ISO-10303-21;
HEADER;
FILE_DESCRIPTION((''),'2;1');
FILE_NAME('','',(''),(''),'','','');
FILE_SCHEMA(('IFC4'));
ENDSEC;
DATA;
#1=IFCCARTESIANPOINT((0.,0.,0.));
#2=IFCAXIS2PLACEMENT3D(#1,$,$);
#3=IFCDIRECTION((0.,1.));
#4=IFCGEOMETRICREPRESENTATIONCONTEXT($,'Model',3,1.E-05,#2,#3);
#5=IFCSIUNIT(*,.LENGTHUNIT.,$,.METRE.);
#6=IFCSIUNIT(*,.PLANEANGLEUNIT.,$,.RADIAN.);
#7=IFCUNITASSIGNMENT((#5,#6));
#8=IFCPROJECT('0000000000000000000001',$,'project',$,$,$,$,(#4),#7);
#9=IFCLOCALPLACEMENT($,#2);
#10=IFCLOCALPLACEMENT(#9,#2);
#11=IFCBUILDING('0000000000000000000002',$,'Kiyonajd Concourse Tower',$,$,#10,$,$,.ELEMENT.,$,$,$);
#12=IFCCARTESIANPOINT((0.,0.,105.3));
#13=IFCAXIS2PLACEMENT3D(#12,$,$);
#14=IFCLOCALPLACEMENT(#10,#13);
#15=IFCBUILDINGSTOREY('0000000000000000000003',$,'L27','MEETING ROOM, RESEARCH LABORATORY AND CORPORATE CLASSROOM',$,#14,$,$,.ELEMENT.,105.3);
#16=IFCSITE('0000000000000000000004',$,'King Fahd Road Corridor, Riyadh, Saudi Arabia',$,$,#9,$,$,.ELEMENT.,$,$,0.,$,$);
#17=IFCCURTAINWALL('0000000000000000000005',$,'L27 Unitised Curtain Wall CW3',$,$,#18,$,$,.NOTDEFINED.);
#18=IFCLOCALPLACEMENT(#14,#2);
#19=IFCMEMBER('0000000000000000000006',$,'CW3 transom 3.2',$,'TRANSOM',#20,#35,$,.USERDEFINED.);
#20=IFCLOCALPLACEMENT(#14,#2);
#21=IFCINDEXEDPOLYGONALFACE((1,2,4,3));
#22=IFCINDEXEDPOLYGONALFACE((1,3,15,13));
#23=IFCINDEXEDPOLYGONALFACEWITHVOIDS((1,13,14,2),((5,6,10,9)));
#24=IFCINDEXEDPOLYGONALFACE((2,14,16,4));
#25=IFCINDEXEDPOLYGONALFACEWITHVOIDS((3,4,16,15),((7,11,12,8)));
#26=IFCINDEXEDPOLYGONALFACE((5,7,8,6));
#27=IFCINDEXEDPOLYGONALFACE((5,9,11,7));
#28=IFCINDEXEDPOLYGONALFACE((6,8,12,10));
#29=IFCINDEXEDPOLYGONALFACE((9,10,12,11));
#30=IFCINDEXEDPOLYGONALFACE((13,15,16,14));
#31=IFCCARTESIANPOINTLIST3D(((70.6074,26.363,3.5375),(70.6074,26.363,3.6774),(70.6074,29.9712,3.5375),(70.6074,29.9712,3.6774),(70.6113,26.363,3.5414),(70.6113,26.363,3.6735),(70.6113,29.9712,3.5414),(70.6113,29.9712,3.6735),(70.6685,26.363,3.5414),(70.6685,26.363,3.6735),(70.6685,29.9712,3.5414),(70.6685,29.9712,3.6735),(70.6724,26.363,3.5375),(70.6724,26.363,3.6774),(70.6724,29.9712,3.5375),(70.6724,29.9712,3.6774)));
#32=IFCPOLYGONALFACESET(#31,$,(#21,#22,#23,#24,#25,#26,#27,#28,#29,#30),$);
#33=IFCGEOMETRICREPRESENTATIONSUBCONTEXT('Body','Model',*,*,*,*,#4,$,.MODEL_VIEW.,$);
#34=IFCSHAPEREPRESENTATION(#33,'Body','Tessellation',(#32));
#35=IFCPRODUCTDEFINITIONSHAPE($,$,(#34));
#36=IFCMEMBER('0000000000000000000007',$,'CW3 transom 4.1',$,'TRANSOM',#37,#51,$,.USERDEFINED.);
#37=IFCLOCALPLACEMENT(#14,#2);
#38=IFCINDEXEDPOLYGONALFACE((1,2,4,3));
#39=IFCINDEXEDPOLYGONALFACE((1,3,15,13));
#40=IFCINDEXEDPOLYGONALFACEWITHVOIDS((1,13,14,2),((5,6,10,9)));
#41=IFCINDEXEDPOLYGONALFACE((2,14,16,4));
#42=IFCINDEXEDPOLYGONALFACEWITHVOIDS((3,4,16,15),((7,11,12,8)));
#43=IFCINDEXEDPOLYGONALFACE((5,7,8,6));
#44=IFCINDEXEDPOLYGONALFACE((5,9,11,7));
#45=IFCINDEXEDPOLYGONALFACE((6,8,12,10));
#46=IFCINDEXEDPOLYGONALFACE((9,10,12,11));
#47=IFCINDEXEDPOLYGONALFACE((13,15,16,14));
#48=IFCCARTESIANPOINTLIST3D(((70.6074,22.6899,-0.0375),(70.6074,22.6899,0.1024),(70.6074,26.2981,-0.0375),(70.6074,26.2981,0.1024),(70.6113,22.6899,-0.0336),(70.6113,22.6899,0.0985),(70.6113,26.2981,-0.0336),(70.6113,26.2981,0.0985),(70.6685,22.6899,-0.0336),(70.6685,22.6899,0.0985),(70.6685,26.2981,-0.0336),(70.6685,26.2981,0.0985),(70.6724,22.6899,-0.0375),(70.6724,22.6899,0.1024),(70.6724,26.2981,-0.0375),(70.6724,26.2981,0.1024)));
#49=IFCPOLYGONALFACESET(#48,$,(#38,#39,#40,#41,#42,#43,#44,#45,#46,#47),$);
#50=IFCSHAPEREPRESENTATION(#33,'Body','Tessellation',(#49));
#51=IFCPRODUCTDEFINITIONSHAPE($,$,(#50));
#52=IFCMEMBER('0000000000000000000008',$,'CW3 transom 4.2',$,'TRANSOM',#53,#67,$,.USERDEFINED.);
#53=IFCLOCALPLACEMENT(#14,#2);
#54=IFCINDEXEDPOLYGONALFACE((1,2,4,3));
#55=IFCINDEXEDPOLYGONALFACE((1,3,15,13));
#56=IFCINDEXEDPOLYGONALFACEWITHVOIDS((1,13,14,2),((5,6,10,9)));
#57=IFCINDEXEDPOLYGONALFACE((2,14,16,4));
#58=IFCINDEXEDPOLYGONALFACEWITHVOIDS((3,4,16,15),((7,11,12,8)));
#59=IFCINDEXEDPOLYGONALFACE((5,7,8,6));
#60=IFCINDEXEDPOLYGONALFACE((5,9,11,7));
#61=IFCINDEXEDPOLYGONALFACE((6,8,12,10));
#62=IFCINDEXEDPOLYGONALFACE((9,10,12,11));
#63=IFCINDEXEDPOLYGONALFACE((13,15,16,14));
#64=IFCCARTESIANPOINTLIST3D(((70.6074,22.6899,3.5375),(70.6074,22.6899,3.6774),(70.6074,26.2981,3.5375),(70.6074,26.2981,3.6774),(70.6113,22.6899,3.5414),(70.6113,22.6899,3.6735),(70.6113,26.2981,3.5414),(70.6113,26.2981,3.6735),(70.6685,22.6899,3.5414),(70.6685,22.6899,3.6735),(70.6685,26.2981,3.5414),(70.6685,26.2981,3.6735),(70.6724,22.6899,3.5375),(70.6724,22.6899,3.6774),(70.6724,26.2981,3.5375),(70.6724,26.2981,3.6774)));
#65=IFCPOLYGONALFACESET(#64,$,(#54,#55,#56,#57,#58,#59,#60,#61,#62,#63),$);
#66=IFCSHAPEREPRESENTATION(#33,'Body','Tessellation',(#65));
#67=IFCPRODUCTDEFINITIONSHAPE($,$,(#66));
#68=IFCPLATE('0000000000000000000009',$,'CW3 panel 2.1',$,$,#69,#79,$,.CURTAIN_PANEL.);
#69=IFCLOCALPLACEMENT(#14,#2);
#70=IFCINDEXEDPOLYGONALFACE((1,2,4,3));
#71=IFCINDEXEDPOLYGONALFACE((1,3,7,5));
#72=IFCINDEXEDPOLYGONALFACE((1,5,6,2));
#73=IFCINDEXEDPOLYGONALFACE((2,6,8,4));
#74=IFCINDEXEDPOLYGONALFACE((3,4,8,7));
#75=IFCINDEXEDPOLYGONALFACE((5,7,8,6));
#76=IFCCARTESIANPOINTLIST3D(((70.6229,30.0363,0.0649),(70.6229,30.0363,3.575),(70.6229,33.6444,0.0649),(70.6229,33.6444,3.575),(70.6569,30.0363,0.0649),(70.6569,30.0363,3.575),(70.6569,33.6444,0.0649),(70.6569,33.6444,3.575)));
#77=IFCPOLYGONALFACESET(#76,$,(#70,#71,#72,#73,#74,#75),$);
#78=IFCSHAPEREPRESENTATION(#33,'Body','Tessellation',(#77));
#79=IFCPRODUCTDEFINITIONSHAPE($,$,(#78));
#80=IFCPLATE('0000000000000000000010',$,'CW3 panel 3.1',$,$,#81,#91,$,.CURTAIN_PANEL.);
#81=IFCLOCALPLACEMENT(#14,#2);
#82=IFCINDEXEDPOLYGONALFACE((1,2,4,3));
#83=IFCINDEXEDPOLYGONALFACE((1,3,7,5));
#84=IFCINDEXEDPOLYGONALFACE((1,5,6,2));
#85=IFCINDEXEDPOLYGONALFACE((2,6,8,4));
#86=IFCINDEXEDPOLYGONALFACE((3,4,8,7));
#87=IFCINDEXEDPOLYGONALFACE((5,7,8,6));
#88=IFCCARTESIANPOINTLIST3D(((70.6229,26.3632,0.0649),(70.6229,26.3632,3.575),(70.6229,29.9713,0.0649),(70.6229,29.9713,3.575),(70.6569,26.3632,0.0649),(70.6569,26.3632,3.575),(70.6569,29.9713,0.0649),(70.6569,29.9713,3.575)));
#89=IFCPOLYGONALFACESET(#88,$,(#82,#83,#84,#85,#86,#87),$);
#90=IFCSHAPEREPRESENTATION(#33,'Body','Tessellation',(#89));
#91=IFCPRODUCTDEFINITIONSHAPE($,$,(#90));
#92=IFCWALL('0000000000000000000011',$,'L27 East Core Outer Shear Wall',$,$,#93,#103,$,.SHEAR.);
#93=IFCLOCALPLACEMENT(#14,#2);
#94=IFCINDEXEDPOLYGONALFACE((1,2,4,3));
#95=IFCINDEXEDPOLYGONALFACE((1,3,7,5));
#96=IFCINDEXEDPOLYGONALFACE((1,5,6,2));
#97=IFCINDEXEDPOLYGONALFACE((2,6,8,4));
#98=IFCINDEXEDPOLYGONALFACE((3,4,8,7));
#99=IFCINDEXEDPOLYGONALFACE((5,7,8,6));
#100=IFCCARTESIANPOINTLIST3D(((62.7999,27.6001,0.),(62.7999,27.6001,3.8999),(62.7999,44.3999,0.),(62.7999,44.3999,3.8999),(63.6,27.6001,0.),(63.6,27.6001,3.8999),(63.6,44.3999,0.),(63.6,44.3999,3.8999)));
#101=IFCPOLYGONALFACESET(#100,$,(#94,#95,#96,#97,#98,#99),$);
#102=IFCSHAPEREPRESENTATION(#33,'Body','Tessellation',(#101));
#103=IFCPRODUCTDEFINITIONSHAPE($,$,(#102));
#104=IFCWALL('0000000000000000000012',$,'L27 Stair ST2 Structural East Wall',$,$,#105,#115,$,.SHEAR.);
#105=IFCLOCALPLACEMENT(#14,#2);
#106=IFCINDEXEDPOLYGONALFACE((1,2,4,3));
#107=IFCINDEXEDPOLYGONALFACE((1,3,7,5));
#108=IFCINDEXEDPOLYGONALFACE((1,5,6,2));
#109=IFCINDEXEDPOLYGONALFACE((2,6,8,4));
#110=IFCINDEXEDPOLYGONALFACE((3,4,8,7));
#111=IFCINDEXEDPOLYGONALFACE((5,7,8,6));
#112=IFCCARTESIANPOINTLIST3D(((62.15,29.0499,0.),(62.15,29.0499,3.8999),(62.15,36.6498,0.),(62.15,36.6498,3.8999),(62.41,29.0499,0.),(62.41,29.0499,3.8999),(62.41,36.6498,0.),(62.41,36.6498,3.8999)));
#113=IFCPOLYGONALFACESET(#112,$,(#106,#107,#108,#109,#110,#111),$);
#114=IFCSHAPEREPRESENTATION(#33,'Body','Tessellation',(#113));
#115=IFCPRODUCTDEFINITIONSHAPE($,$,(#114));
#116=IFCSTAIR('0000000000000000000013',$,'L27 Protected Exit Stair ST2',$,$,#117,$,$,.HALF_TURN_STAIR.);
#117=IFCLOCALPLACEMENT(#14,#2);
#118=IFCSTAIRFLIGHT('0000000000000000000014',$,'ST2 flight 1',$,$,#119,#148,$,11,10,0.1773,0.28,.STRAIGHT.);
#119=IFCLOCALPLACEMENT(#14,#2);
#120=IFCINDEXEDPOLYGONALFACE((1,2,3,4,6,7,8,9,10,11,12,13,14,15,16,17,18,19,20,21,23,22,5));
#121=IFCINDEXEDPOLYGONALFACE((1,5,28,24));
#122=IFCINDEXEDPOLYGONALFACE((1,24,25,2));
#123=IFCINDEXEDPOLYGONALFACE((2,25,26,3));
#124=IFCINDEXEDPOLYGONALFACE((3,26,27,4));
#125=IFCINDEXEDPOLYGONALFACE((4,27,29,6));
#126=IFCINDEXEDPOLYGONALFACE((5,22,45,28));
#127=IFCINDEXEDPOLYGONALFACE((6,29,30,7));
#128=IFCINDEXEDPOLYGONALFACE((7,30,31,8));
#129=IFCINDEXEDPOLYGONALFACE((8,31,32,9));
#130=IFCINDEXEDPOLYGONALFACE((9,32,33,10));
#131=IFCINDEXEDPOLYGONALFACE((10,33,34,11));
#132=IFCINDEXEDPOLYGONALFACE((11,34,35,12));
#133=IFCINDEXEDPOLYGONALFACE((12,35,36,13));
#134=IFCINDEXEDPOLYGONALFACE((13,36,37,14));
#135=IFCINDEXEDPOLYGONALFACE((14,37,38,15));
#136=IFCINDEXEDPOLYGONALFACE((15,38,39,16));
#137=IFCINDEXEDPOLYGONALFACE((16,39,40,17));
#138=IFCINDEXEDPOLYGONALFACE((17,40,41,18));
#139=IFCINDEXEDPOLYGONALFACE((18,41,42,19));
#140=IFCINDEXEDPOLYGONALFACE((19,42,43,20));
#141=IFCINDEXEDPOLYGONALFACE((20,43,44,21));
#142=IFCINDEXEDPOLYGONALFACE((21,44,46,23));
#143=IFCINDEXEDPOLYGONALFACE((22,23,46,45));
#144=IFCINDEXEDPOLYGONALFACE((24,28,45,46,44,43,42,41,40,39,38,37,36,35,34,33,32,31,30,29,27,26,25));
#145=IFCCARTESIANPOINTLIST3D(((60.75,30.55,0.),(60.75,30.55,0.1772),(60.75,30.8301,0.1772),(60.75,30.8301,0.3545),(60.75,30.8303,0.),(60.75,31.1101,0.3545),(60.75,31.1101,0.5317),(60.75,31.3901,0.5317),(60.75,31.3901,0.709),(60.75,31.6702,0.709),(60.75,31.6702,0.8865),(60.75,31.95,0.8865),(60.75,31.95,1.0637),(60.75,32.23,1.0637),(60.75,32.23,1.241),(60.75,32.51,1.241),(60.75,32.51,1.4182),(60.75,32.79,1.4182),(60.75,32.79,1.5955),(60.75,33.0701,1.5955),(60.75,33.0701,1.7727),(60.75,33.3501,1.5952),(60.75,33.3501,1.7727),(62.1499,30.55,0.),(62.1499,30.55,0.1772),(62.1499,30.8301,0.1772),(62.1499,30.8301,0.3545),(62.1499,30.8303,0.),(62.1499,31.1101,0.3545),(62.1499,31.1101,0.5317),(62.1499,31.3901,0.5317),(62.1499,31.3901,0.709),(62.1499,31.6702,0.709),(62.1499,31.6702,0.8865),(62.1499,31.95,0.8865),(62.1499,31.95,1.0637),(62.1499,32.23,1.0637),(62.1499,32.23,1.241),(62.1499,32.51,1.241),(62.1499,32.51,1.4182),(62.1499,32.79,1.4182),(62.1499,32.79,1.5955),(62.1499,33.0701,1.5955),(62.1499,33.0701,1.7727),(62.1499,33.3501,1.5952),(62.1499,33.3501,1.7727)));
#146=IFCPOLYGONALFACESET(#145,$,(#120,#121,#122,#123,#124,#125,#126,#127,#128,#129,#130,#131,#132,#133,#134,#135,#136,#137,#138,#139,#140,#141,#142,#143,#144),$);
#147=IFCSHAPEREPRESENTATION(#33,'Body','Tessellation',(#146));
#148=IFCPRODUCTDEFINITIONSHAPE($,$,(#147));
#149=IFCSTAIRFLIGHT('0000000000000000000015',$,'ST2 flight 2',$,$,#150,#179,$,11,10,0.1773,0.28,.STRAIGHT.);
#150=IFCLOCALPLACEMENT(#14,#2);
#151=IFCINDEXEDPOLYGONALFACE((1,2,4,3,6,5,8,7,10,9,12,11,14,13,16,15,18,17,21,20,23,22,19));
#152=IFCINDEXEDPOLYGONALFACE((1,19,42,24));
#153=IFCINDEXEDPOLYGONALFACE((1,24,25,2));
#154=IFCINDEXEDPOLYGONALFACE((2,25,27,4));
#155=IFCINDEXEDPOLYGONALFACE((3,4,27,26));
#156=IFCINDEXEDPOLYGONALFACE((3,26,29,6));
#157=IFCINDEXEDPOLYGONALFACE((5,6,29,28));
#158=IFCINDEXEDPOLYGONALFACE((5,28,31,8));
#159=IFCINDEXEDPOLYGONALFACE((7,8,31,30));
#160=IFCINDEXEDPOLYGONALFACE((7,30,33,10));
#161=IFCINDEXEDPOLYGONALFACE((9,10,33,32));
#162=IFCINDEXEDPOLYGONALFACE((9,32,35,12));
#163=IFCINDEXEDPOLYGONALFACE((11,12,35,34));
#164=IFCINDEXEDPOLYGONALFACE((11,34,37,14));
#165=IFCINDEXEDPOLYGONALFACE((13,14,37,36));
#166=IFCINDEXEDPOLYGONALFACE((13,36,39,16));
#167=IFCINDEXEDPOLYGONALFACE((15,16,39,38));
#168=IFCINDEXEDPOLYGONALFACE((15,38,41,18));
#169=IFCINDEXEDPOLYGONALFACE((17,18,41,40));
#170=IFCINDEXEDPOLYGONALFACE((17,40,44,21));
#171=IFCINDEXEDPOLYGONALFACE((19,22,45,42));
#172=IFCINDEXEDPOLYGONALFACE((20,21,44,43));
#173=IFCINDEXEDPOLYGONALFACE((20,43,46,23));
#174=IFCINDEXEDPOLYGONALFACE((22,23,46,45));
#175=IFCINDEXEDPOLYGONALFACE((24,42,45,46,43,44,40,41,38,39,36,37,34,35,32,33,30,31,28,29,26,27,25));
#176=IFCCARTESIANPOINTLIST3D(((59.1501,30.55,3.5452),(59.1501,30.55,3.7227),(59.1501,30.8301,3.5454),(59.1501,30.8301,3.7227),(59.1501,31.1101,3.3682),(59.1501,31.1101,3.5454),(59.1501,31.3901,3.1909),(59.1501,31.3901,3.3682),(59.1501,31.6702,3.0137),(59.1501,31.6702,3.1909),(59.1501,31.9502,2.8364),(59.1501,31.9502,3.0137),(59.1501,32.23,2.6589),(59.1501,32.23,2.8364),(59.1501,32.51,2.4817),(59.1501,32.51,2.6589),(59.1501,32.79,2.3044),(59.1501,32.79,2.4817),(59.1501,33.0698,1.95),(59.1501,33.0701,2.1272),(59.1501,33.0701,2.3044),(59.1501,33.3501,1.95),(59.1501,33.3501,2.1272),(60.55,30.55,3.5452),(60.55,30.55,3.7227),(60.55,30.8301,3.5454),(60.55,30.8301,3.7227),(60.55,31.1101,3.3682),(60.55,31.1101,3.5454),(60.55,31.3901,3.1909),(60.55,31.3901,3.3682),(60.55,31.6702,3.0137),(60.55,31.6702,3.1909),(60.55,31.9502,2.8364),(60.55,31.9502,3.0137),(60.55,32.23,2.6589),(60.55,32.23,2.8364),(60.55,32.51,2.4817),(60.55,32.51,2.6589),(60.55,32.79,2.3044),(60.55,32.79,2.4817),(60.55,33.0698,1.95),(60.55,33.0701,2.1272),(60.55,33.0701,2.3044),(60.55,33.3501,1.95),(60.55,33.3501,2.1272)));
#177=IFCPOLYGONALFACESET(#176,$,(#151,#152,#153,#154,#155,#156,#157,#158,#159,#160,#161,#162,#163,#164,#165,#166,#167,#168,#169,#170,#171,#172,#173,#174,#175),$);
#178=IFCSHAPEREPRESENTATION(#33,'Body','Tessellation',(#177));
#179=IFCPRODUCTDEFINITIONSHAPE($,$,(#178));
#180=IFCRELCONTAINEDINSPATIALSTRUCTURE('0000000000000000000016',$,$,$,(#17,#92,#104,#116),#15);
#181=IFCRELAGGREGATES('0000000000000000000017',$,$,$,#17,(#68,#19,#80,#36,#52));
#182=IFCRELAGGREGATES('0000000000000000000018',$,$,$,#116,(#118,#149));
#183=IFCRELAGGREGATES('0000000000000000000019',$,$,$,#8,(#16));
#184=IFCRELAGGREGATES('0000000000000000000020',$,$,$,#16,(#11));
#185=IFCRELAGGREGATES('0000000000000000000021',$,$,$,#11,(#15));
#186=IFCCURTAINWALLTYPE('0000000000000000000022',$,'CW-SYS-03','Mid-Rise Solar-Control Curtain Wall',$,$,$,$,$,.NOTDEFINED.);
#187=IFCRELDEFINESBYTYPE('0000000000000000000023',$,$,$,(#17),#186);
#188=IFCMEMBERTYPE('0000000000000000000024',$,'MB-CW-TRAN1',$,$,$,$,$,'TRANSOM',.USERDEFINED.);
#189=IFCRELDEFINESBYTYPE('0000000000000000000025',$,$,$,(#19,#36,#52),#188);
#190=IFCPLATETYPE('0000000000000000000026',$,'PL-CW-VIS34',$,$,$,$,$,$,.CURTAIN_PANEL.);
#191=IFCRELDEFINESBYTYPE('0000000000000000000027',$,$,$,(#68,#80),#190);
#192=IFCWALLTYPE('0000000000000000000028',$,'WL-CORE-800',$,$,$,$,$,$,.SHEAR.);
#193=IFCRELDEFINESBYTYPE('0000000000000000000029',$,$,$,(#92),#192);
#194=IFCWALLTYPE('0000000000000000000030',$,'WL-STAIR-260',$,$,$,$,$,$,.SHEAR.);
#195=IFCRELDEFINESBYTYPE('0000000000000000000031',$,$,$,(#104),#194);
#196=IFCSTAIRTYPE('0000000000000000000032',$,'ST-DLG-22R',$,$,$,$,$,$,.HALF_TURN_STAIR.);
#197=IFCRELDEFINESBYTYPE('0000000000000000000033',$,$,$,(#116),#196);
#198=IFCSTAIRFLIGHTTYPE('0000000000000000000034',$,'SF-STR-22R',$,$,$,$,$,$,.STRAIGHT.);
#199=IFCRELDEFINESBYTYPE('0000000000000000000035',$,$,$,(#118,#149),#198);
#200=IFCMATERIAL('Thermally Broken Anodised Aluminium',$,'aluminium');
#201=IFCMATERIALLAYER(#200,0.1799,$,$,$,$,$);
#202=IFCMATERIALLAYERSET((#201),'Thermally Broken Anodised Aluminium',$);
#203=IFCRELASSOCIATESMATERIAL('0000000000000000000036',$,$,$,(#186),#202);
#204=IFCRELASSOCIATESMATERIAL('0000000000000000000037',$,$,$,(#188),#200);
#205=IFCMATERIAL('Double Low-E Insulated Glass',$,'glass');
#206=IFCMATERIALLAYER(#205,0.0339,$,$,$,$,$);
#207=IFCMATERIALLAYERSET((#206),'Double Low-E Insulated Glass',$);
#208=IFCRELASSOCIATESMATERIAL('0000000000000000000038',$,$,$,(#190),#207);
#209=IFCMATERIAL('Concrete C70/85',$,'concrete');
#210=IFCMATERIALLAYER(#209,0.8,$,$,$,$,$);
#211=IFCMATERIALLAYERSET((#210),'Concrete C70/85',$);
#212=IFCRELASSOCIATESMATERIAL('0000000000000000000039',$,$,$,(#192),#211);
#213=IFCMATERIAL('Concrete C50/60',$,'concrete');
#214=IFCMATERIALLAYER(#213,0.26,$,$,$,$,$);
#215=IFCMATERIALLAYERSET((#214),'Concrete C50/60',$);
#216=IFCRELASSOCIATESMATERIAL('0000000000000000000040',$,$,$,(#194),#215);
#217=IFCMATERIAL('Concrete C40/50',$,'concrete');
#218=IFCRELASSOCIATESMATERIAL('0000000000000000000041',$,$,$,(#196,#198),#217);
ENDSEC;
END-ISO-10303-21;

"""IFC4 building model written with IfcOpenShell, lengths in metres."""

from ifc_helpers import new_model, si_unit, direction, frame, frame_2d, origin, origin_2d, place, context, subcontext, project, spatial, polyline, rectangle, hollow_rectangle, outline, extrude, material, layer, layer_set, material_profile, profile_set, type_object, element, aggregate, save


model = new_model("IFC4")

# Units and contexts
model_context = context("Model", 3, precision=1e-05, world=origin(), true_north=direction((0.0, 1.0)))
body_context = subcontext(model_context, "Body", "Model", "MODEL_VIEW")
ifc_project = project(units=[si_unit("LENGTHUNIT", "METRE"), si_unit("PLANEANGLEUNIT", "RADIAN")], contexts=[model_context])

# Site, building, storey
site_placement = place(None, origin())
site = spatial("IfcSite", under=ifc_project, at=site_placement, Name="King Fahd Road Corridor, Riyadh, Saudi Arabia", CompositionType="ELEMENT", RefElevation=0.0)
building_placement = place(site_placement, origin())
building = spatial("IfcBuilding", under=site, at=building_placement, Name="Kiyonajd Concourse Tower", CompositionType="ELEMENT")
storey_placement = place(building_placement, frame((0.0, 0.0, 105.3)))
storey = spatial("IfcBuildingStorey", under=building, at=storey_placement, Name="L27", Description="MEETING ROOM, RESEARCH LABORATORY AND CORPORATE CLASSROOM", CompositionType="ELEMENT", Elevation=105.3)

# Shared definitions
ifc_material_1 = material(Name="Concrete C70/85", Category="concrete")

# Curtain wall, members, plates
ifc_material_2 = material(Name="Thermally Broken Anodised Aluminium", Category="aluminium")
ifc_layer_1 = layer(ifc_material_2, 0.1799)
ifc_layer_set_1 = layer_set([ifc_layer_1], Name="Thermally Broken Anodised Aluminium")
curtain_wall_type = type_object("IfcCurtainWallType", Name="CW-SYS-03", Description="Mid-Rise Solar-Control Curtain Wall", PredefinedType="NOTDEFINED", material=ifc_layer_set_1)
curtain_wall_placement = place(storey_placement, origin())
curtain_wall = element("IfcCurtainWall", 1, at=curtain_wall_placement, inside=storey, type_object=curtain_wall_type, Name="L27 Unitised Curtain Wall CW3", PredefinedType="NOTDEFINED")
ifc_material_profile_1 = material_profile(ifc_material_2, hollow_rectangle(XDim=0.0649, YDim=0.1399, WallThickness=0.0039, at=origin_2d()), Name="TRAN-65x140")
ifc_profile_set_1 = profile_set([ifc_material_profile_1], Name="Thermally Broken Anodised Aluminium")
member_type_1 = type_object("IfcMemberType", Name="MB-CW-TRAN1", ElementType="TRANSOM", PredefinedType="USERDEFINED", material=ifc_profile_set_1)
member_1_placement = place(storey_placement, frame((70.6399, 29.9712, 3.6074), z_axis=(0.0, -1.0, 0.0), x_axis=(1.0, 0.0, 0.0)))
member_1 = element("IfcMember", 2, at=member_1_placement, type_object=member_type_1, Name="CW3 transom 3.2", ObjectType="TRANSOM", PredefinedType="USERDEFINED", context=body_context, shape_type="SweptSolid", body=[
    extrude(hollow_rectangle(XDim=0.0649, YDim=0.1399, WallThickness=0.0039, at=origin_2d()), origin(), (0.0, 0.0, 1.0), 3.6082),
])
member_2_placement = place(storey_placement, frame((70.6399, 26.2981, 0.0325), z_axis=(0.0, -1.0, 0.0), x_axis=(1.0, 0.0, 0.0)))
member_2 = element("IfcMember", 3, at=member_2_placement, type_object=member_type_1, Name="CW3 transom 4.1", ObjectType="TRANSOM", PredefinedType="USERDEFINED", context=body_context, shape_type="SweptSolid", body=[
    extrude(hollow_rectangle(XDim=0.0649, YDim=0.1399, WallThickness=0.0039, at=origin_2d()), origin(), (0.0, 0.0, 1.0), 3.6082),
])
member_3_placement = place(storey_placement, frame((70.6399, 26.2981, 3.6074), z_axis=(0.0, -1.0, 0.0), x_axis=(1.0, 0.0, 0.0)))
member_3 = element("IfcMember", 4, at=member_3_placement, type_object=member_type_1, Name="CW3 transom 4.2", ObjectType="TRANSOM", PredefinedType="USERDEFINED", context=body_context, shape_type="SweptSolid", body=[
    extrude(hollow_rectangle(XDim=0.0649, YDim=0.1399, WallThickness=0.0039, at=origin_2d()), origin(), (0.0, 0.0, 1.0), 3.6082),
])
ifc_material_3 = material(Name="Double Low-E Insulated Glass", Category="glass")
ifc_layer_2 = layer(ifc_material_3, 0.0339)
ifc_layer_set_2 = layer_set([ifc_layer_2], Name="Double Low-E Insulated Glass")
plate_type = type_object("IfcPlateType", Name="PL-CW-VIS34", PredefinedType="CURTAIN_PANEL", material=ifc_layer_set_2)
plate_1_placement = place(storey_placement, frame((70.6399, 31.8403, 0.0649), z_axis=(0.0, 0.0, 1.0), x_axis=(0.0, -1.0, 0.0)))
plate_1 = element("IfcPlate", 5, at=plate_1_placement, type_object=plate_type, Name="CW3 panel 2.1", PredefinedType="CURTAIN_PANEL", context=body_context, shape_type="SweptSolid", body=[
    extrude(rectangle(XDim=3.6082, YDim=0.0339, at=origin_2d()), origin(), (0.0, 0.0, 1.0), 3.51),
])
plate_2_placement = place(storey_placement, frame((70.6399, 28.1672, 0.0649), z_axis=(0.0, 0.0, 1.0), x_axis=(0.0, -1.0, 0.0)))
plate_2 = element("IfcPlate", 6, at=plate_2_placement, type_object=plate_type, Name="CW3 panel 3.1", PredefinedType="CURTAIN_PANEL", context=body_context, shape_type="SweptSolid", body=[
    extrude(rectangle(XDim=3.6082, YDim=0.0339, at=origin_2d()), origin(), (0.0, 0.0, 1.0), 3.51),
])
aggregate(curtain_wall, [plate_1, member_1, plate_2, member_2, member_3])

# Walls
ifc_layer_3 = layer(ifc_material_1, 0.8)
ifc_layer_set_3 = layer_set([ifc_layer_3], Name="Concrete C70/85")
wall_type_1 = type_object("IfcWallType", Name="WL-CORE-800", PredefinedType="SHEAR", material=ifc_layer_set_3)
wall_1_placement = place(storey_placement, frame((63.2, 27.6001, 0.0), z_axis=(0.0, 0.0, 1.0), x_axis=(0.0, 1.0, 0.0)))
element("IfcWall", 7, at=wall_1_placement, inside=storey, type_object=wall_type_1, Name="L27 East Core Outer Shear Wall", PredefinedType="SHEAR", context=body_context, shape_type="SweptSolid", body=[
    extrude(rectangle(XDim=16.7998, YDim=0.8, at=frame_2d((8.3999, 0.0))), origin(), (0.0, 0.0, 1.0), 3.8999),
])
ifc_material_4 = material(Name="Concrete C50/60", Category="concrete")
ifc_layer_4 = layer(ifc_material_4, 0.26)
ifc_layer_set_4 = layer_set([ifc_layer_4], Name="Concrete C50/60")
wall_type_2 = type_object("IfcWallType", Name="WL-STAIR-260", PredefinedType="SHEAR", material=ifc_layer_set_4)
wall_2_placement = place(storey_placement, frame((62.28, 29.05, 0.0), z_axis=(0.0, 0.0, 1.0), x_axis=(0.0, 1.0, 0.0)))
element("IfcWall", 8, at=wall_2_placement, inside=storey, type_object=wall_type_2, Name="L27 Stair ST2 Structural East Wall", PredefinedType="SHEAR", context=body_context, shape_type="SweptSolid", body=[
    extrude(rectangle(XDim=7.5999, YDim=0.26, at=frame_2d((3.7998, 0.0))), origin(), (0.0, 0.0, 1.0), 3.8999),
])

# Stair, stair flights
ifc_material_5 = material(Name="Concrete C40/50", Category="concrete")
stair_type = type_object("IfcStairType", Name="ST-DLG-22R", PredefinedType="HALF_TURN_STAIR", material=ifc_material_5)
stair_placement = place(storey_placement, origin())
stair = element("IfcStair", 9, at=stair_placement, inside=storey, type_object=stair_type, Name="L27 Protected Exit Stair ST2", PredefinedType="HALF_TURN_STAIR")
stair_flight_type = type_object("IfcStairFlightType", Name="SF-STR-22R", PredefinedType="STRAIGHT", material=ifc_material_5)
stair_flight_1_placement = place(storey_placement, frame((61.45, 30.55, 0.0), z_axis=(0.0, 0.0, 1.0), x_axis=(0.0, 1.0, 0.0)))
stair_flight_1 = element("IfcStairFlight", 10, at=stair_flight_1_placement, type_object=stair_flight_type, Name="ST2 flight 1", NumberOfRisers=11, NumberOfTreads=10, PredefinedType="STRAIGHT", RiserHeight=0.1773, TreadLength=0.28, context=body_context, shape_type="SweptSolid", body=[
    extrude(outline(polyline([(0.0, 0.0), (0.0, 0.1772), (0.28, 0.1772), (0.28, 0.3545), (0.5601, 0.3545), (0.5601, 0.5317), (0.8401, 0.5317), (0.8401, 0.709), (1.1201, 0.709), (1.1201, 0.8865), (1.3999, 0.8865), (1.3999, 1.0637), (1.6799, 1.0637), (1.6799, 1.241), (1.96, 1.241), (1.96, 1.4182), (2.24, 1.4182), (2.24, 1.5955), (2.52, 1.5955), (2.52, 1.7727), (2.8, 1.7727), (2.8, 1.95), (2.8, 1.5952), (0.2803, 0.0), (0.0, 0.0)])), frame((0.0, 0.7, 0.0), z_axis=(0.0, -1.0, 0.0), x_axis=(1.0, 0.0, 0.0)), (0.0, 0.0, 1.0), 1.3999),
])
stair_flight_2_placement = place(storey_placement, frame((59.8501, 33.3501, 1.95), z_axis=(0.0, 0.0, 1.0), x_axis=(0.0, -1.0, 0.0)))
stair_flight_2 = element("IfcStairFlight", 11, at=stair_flight_2_placement, type_object=stair_flight_type, Name="ST2 flight 2", NumberOfRisers=11, NumberOfTreads=10, PredefinedType="STRAIGHT", RiserHeight=0.1773, TreadLength=0.28, context=body_context, shape_type="SweptSolid", body=[
    extrude(outline(polyline([(0.0, 0.0), (0.0, 0.1772), (0.28, 0.1772), (0.28, 0.3545), (0.5601, 0.3545), (0.5601, 0.5317), (0.8401, 0.5317), (0.8401, 0.709), (1.1201, 0.709), (1.1201, 0.8865), (1.3999, 0.8865), (1.3999, 1.0637), (1.6799, 1.0637), (1.6799, 1.241), (1.96, 1.241), (1.96, 1.4182), (2.24, 1.4182), (2.24, 1.5955), (2.52, 1.5955), (2.52, 1.7727), (2.8, 1.7727), (2.8, 1.95), (2.8, 1.5952), (0.2803, 0.0), (0.0, 0.0)])), frame((0.0, 0.7, 0.0), z_axis=(0.0, -1.0, 0.0), x_axis=(1.0, 0.0, 0.0)), (0.0, 0.0, 1.0), 1.3999),
])
aggregate(stair, [stair_flight_1, stair_flight_2])

save(model, "model.ifc")
